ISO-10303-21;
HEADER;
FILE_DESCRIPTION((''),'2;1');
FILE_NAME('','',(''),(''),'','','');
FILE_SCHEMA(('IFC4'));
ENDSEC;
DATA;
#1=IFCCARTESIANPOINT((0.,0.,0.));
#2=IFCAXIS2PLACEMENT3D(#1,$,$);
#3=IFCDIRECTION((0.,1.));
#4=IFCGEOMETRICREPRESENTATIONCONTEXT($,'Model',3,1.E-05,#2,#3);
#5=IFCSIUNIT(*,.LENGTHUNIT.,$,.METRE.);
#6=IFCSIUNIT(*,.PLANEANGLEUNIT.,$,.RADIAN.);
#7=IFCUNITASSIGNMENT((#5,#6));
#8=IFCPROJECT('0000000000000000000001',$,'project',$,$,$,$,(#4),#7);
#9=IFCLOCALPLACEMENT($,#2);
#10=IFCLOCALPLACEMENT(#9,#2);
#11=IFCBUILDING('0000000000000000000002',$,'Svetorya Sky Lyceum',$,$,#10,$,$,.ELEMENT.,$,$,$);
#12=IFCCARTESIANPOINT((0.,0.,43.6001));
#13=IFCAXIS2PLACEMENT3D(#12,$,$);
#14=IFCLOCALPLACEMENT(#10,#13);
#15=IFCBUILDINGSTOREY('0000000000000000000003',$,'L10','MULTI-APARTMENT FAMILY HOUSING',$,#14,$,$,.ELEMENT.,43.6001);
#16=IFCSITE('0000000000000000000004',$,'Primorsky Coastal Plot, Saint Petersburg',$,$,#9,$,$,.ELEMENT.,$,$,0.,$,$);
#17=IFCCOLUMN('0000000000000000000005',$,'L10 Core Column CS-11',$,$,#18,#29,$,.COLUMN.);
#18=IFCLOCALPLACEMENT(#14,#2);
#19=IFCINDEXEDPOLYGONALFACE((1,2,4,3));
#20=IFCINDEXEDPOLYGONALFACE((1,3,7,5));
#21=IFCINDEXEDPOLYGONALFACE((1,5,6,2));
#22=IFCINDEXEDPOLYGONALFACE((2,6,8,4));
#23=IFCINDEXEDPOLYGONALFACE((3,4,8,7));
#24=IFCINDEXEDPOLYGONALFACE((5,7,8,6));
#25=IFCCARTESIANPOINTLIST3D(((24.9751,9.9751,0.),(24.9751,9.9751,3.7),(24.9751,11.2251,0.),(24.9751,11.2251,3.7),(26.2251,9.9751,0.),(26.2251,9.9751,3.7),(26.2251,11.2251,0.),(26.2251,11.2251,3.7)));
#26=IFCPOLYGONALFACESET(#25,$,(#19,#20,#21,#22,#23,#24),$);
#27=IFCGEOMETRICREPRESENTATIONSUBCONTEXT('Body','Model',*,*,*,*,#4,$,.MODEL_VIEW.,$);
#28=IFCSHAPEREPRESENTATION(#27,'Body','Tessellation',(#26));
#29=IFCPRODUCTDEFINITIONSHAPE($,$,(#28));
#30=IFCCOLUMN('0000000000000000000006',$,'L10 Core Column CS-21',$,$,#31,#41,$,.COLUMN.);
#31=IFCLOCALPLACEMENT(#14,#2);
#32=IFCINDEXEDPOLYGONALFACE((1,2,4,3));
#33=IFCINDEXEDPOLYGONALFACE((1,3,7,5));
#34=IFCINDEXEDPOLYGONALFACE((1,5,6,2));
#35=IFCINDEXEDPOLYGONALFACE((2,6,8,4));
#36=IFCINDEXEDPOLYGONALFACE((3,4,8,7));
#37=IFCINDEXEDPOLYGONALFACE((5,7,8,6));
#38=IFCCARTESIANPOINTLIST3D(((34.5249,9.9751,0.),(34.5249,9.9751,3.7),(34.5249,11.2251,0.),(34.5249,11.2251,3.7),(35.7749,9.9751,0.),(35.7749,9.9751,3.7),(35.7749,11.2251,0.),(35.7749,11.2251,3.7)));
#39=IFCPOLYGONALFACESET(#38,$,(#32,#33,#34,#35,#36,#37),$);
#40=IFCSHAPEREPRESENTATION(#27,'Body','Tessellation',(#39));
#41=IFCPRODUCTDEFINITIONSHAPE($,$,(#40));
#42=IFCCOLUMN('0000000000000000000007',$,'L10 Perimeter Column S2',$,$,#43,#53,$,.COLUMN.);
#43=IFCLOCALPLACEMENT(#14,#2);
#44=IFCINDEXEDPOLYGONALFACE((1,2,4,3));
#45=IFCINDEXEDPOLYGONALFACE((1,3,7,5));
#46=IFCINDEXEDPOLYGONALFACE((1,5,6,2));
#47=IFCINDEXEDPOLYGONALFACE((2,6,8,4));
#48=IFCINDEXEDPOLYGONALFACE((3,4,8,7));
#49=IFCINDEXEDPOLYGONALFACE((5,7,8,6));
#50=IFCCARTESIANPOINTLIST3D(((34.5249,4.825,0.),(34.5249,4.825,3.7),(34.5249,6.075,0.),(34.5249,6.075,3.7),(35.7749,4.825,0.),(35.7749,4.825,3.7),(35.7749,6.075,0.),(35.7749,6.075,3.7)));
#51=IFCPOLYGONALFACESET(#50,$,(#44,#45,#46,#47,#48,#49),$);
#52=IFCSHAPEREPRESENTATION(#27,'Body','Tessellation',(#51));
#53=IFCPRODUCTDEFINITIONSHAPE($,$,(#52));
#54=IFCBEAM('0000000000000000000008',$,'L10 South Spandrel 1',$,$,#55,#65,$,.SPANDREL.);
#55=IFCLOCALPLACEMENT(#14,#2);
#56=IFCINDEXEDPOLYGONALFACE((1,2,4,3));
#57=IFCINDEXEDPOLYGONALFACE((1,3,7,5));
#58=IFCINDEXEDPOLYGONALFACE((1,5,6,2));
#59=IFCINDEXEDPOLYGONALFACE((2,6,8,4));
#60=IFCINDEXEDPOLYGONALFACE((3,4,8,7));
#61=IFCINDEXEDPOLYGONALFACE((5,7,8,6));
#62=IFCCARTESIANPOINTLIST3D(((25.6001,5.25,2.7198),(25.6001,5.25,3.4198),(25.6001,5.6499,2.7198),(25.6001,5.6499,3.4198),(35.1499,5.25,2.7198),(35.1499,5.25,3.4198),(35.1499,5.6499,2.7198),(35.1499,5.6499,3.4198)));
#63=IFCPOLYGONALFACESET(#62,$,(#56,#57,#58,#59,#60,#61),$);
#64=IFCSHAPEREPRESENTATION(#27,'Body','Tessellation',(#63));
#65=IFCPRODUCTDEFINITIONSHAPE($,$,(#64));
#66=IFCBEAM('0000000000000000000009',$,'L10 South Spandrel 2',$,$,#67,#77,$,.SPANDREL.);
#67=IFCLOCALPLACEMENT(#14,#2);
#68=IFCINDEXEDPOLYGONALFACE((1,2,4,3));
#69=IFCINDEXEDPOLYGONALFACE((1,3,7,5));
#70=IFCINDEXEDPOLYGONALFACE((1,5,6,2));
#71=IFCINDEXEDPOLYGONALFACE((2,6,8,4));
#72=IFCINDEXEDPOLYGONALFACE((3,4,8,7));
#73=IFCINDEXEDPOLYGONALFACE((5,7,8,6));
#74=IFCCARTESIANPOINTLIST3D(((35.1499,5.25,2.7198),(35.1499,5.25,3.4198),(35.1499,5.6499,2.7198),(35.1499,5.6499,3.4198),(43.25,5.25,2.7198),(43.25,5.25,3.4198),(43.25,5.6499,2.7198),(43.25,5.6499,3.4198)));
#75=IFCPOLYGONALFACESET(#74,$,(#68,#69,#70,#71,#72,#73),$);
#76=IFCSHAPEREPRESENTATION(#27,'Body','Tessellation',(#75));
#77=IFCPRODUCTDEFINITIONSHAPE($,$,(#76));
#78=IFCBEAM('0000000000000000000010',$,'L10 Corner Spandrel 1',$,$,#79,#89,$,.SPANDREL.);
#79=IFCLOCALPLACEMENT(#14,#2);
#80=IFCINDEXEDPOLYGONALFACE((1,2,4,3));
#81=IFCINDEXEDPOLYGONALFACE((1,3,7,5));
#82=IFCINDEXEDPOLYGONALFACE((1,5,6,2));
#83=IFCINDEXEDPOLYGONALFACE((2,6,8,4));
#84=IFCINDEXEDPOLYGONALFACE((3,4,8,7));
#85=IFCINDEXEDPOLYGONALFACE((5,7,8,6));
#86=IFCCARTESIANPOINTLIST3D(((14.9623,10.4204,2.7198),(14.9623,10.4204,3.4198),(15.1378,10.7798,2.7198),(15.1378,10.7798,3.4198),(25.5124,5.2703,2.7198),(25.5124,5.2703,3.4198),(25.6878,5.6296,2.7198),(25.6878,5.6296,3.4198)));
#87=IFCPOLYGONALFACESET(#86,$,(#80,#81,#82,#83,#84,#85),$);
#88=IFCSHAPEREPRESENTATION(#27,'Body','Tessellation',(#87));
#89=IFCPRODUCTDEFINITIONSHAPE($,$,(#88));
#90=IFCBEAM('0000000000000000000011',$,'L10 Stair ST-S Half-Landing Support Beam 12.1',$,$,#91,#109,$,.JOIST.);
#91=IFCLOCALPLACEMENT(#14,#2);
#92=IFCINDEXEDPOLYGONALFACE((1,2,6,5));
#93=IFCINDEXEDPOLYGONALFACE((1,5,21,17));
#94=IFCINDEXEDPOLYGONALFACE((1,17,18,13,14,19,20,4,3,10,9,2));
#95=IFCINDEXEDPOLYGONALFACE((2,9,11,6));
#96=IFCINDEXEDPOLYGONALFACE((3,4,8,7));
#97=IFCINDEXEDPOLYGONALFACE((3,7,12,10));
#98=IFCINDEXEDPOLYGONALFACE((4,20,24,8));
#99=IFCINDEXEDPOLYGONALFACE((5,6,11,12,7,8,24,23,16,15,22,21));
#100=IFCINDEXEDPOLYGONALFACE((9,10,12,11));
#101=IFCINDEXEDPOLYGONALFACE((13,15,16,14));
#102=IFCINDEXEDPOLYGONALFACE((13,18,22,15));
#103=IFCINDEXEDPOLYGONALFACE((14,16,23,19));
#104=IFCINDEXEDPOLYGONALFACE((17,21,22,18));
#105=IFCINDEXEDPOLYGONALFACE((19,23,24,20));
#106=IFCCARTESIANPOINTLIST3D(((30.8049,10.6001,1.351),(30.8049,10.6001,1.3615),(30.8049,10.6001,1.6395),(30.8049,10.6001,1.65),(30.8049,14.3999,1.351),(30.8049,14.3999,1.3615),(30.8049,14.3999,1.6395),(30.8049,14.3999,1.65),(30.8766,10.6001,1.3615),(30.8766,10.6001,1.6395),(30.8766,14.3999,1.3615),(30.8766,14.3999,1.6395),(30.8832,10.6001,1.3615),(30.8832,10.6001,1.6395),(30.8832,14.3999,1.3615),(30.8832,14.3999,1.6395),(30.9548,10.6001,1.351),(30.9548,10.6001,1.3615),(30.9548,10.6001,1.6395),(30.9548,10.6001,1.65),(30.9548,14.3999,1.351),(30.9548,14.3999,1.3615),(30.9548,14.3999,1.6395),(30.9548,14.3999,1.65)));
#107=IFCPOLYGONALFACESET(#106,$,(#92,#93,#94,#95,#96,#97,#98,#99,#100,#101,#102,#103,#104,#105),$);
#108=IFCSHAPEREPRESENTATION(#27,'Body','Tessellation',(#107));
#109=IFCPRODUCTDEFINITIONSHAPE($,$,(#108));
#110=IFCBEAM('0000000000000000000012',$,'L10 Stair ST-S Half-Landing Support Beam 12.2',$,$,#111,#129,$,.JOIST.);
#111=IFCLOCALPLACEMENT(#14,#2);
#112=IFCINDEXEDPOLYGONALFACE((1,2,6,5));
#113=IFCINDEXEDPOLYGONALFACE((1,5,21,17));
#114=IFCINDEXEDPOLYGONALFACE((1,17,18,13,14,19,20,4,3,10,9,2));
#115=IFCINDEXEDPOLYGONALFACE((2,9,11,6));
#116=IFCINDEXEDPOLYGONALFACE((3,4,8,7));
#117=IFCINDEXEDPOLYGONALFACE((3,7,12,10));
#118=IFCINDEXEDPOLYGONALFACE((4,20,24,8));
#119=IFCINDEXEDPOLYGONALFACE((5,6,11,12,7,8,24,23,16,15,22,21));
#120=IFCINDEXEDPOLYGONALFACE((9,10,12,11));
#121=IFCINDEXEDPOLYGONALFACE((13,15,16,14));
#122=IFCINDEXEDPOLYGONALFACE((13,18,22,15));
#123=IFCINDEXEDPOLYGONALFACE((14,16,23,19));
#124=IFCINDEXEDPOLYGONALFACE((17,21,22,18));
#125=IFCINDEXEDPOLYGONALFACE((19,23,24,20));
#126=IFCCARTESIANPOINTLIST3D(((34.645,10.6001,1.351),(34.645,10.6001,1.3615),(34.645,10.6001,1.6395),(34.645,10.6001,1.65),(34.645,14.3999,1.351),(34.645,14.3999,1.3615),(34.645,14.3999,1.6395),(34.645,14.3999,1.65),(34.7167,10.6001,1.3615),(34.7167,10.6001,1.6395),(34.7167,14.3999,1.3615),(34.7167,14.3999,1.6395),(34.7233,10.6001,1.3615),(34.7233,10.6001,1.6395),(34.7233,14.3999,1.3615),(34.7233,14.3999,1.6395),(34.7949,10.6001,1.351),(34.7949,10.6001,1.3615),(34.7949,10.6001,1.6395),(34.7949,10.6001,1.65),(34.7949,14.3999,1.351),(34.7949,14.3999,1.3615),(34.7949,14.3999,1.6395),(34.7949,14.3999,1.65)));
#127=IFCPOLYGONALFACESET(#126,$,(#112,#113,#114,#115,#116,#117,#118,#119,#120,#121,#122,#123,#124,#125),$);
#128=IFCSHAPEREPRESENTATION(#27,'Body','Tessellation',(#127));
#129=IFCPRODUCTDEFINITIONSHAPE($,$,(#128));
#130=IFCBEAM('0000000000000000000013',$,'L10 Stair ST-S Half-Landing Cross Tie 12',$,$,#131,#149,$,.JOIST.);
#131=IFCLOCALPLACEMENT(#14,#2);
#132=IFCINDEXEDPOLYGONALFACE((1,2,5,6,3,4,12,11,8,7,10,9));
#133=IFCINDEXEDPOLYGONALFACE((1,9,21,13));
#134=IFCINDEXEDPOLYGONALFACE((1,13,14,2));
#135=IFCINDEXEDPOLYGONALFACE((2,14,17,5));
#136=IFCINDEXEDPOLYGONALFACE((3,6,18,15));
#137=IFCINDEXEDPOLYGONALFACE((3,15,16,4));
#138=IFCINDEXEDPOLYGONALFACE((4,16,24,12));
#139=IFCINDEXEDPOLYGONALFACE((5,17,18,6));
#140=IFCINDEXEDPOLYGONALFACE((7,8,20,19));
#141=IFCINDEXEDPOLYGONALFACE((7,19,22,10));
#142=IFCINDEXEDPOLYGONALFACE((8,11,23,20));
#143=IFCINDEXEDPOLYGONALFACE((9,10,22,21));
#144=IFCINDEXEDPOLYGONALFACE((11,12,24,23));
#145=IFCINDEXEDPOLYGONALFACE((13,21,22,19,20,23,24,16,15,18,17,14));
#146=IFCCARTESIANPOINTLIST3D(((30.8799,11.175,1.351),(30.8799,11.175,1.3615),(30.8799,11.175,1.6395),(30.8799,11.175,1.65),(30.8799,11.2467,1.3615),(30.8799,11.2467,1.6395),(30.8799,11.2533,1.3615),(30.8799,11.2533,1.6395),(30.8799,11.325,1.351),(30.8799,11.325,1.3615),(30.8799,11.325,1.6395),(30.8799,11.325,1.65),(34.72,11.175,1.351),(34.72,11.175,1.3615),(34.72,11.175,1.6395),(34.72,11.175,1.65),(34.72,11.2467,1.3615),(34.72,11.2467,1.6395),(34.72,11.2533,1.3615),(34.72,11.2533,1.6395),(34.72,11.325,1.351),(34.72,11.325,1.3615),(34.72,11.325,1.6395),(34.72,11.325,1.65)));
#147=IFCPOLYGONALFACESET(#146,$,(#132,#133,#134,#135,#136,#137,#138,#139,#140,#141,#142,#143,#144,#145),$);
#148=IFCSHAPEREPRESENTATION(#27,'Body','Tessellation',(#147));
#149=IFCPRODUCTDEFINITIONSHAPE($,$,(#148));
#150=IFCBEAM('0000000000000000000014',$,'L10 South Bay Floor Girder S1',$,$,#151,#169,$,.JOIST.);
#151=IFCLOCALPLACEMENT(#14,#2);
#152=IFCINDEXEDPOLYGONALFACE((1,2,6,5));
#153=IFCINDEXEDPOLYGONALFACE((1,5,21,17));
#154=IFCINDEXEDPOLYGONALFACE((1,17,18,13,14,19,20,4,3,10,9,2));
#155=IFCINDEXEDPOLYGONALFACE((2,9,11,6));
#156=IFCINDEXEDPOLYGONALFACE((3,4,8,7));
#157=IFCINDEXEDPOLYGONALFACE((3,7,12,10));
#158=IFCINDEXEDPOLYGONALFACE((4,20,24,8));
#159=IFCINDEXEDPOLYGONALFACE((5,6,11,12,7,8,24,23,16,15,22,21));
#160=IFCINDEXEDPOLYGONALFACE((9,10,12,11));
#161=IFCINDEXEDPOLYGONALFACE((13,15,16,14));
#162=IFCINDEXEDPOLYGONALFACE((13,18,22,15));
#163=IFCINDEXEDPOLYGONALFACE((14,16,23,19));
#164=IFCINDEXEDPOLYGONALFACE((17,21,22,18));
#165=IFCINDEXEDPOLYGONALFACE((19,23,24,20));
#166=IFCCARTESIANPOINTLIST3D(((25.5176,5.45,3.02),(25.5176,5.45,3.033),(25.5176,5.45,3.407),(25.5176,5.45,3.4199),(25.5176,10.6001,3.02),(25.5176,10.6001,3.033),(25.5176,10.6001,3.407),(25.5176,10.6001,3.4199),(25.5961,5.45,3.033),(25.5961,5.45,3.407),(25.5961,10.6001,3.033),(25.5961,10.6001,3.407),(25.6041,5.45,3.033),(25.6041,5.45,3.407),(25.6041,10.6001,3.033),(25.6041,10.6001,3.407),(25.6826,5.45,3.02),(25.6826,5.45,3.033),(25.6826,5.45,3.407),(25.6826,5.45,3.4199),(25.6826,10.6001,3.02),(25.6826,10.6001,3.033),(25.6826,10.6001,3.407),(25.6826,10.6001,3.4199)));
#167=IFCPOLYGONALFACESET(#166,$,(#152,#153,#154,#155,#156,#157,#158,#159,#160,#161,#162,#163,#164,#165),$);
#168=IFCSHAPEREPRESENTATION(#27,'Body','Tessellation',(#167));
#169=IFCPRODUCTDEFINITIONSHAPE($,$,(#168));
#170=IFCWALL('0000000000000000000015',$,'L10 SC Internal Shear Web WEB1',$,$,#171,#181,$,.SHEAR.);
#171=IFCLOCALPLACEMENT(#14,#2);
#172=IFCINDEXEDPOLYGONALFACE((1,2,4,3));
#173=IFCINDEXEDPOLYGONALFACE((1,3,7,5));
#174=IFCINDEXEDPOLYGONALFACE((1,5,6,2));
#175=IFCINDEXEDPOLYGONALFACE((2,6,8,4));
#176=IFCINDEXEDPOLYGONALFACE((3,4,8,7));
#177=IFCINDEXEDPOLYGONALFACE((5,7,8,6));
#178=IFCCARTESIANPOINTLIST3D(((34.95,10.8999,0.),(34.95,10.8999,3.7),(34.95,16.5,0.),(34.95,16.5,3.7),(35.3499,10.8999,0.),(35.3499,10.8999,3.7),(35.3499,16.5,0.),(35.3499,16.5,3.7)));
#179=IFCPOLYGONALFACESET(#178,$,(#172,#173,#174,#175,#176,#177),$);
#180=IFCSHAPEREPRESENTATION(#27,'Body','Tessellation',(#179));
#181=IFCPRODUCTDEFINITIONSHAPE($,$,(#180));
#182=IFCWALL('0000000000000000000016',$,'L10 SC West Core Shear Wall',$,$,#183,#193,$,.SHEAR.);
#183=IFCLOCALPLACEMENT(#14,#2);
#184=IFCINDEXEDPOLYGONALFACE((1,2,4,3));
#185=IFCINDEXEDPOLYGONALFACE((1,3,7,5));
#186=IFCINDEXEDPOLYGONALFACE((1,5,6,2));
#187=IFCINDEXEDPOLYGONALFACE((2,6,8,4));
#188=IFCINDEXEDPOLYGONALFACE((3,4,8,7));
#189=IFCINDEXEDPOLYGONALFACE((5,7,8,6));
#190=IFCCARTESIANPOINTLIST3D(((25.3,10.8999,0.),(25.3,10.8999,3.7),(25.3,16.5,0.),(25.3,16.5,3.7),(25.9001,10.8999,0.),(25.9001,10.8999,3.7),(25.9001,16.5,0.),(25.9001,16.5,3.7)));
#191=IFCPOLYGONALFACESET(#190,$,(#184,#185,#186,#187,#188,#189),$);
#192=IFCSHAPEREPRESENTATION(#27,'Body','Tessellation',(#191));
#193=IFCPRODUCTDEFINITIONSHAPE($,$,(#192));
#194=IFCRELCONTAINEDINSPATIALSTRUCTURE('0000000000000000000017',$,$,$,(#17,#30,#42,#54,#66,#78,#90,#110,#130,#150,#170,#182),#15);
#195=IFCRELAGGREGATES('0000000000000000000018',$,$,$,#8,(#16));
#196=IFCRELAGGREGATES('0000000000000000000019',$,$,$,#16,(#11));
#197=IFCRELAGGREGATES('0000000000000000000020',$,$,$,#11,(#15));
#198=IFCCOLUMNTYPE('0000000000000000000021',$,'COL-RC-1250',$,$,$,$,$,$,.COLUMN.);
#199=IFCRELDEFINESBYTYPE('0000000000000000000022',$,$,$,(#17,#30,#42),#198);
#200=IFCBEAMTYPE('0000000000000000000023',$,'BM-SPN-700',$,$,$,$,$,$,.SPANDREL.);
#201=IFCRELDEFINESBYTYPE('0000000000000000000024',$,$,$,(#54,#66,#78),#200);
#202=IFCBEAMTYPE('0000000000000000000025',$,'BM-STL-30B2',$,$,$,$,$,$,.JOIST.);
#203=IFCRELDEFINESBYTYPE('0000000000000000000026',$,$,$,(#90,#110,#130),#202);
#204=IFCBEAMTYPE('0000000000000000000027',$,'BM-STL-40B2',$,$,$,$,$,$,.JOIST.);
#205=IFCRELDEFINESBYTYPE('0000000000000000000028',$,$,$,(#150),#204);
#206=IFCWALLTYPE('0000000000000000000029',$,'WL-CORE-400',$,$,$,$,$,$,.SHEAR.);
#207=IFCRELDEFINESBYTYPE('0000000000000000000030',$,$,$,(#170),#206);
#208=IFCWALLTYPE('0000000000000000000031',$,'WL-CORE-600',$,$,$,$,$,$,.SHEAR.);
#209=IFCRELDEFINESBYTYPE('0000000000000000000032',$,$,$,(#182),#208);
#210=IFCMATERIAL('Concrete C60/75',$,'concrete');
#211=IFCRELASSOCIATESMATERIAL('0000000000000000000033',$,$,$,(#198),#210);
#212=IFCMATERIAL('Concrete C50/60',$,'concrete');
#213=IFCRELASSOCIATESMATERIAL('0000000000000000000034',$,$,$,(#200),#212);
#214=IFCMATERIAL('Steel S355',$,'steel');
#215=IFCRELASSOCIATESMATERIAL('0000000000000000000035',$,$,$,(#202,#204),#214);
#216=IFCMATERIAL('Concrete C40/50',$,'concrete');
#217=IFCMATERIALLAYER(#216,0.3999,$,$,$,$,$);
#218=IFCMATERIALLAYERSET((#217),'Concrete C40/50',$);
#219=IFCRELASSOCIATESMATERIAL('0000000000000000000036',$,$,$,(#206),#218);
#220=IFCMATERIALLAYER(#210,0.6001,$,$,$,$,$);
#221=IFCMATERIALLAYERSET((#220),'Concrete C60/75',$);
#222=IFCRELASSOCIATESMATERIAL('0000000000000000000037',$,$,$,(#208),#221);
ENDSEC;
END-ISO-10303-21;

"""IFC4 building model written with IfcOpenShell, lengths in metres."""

from ifc_helpers import new_model, si_unit, direction, frame, frame_2d, origin, origin_2d, place, context, subcontext, project, spatial, rectangle, i_section, extrude, material, layer, layer_set, material_profile, profile_set, type_object, element, save


model = new_model("IFC4")

# Units and contexts
model_context = context("Model", 3, precision=1e-05, world=origin(), true_north=direction((0.0, 1.0)))
body_context = subcontext(model_context, "Body", "Model", "MODEL_VIEW")
ifc_project = project(units=[si_unit("LENGTHUNIT", "METRE"), si_unit("PLANEANGLEUNIT", "RADIAN")], contexts=[model_context])

# Site, building, storey
site_placement = place(None, origin())
site = spatial("IfcSite", under=ifc_project, at=site_placement, Name="Primorsky Coastal Plot, Saint Petersburg", CompositionType="ELEMENT", RefElevation=0.0)
building_placement = place(site_placement, origin())
building = spatial("IfcBuilding", under=site, at=building_placement, Name="Svetorya Sky Lyceum", CompositionType="ELEMENT")
storey_placement = place(building_placement, frame((0.0, 0.0, 43.6001)))
storey = spatial("IfcBuildingStorey", under=building, at=storey_placement, Name="L10", Description="MULTI-APARTMENT FAMILY HOUSING", CompositionType="ELEMENT", Elevation=43.6001)

# Columns
ifc_material_1 = material(Name="Concrete C60/75", Category="concrete")
ifc_material_profile_1 = material_profile(ifc_material_1, rectangle(XDim=1.25, YDim=1.25, at=origin_2d()), Name="RC COL 1250x1250")
ifc_profile_set_1 = profile_set([ifc_material_profile_1], Name="Concrete C60/75")
column_type = type_object("IfcColumnType", Name="COL-RC-1250", PredefinedType="COLUMN", material=ifc_profile_set_1)
for number, where, z_axis, x_axis, name in (
    (1, (25.6001, 10.6001, 0.0), (0.0, 0.0, 1.0), (1.0, 0.0, 0.0), "L10 Core Column CS-11"),
    (2, (35.1499, 10.6001, 0.0), (0.0, 0.0, 1.0), (1.0, 0.0, 0.0), "L10 Core Column CS-21"),
    (3, (35.1499, 5.45, 0.0), (0.0, 0.0, 1.0), (1.0, 0.0, 0.0), "L10 Perimeter Column S2"),
):
    element("IfcColumn", number, at=place(storey_placement, frame(where, z_axis=z_axis, x_axis=x_axis)), inside=storey, type_object=column_type, Name=name, PredefinedType="COLUMN", context=body_context, shape_type="SweptSolid", body=[
        extrude(rectangle(XDim=1.25, YDim=1.25, at=origin_2d()), origin(), (0.0, 0.0, 1.0), 3.7),
    ])

# Beams
ifc_material_2 = material(Name="Concrete C50/60", Category="concrete")
ifc_material_profile_2 = material_profile(ifc_material_2, rectangle(XDim=0.3999, YDim=0.7, at=origin_2d()), Name="RC SPANDREL 400x700")
ifc_profile_set_2 = profile_set([ifc_material_profile_2], Name="Concrete C50/60")
beam_type_1 = type_object("IfcBeamType", Name="BM-SPN-700", PredefinedType="SPANDREL", material=ifc_profile_set_2)
beam_1_placement = place(storey_placement, frame((25.6001, 5.45, 3.0698), z_axis=(1.0, 0.0, 0.0), x_axis=(0.0, 1.0, 0.0)))
element("IfcBeam", 4, at=beam_1_placement, inside=storey, type_object=beam_type_1, Name="L10 South Spandrel 1", PredefinedType="SPANDREL", context=body_context, shape_type="SweptSolid", body=[
    extrude(rectangle(XDim=0.3999, YDim=0.7, at=origin_2d()), origin(), (0.0, 0.0, 1.0), 9.5498),
])
beam_2_placement = place(storey_placement, frame((35.1499, 5.45, 3.0698), z_axis=(1.0, 0.0, 0.0), x_axis=(0.0, 1.0, 0.0)))
element("IfcBeam", 5, at=beam_2_placement, inside=storey, type_object=beam_type_1, Name="L10 South Spandrel 2", PredefinedType="SPANDREL", context=body_context, shape_type="SweptSolid", body=[
    extrude(rectangle(XDim=0.3999, YDim=0.7, at=origin_2d()), origin(), (0.0, 0.0, 1.0), 8.1001),
])
beam_3_placement = place(storey_placement, frame((25.6001, 5.45, 3.0698), z_axis=(-0.898641, 0.438684, 0.0), x_axis=(-0.438684, -0.898641, 0.0)))
element("IfcBeam", 6, at=beam_3_placement, inside=storey, type_object=beam_type_1, Name="L10 Corner Spandrel 1", PredefinedType="SPANDREL", context=body_context, shape_type="SweptSolid", body=[
    extrude(rectangle(XDim=0.3999, YDim=0.7, at=origin_2d()), origin(), (0.0, 0.0, 1.0), 11.74),
])
ifc_material_3 = material(Name="Steel S355", Category="steel")
ifc_material_profile_3 = material_profile(ifc_material_3, i_section(OverallWidth=0.1499, OverallDepth=0.2991, WebThickness=0.0066, FlangeThickness=0.0105, at=origin_2d()), Name="GOST 30B2")
ifc_profile_set_3 = profile_set([ifc_material_profile_3], Name="Steel S355")
beam_type_2 = type_object("IfcBeamType", Name="BM-STL-30B2", PredefinedType="JOIST", material=ifc_profile_set_3)
for number, where, z_axis, x_axis, name in (
    (7, (30.8799, 10.6001, 1.5005), (0.0, 1.0, 0.0), (-1.0, 0.0, 0.0), "L10 Stair ST-S Half-Landing Support Beam 12.1"),
    (8, (34.72, 10.6001, 1.5005), (0.0, 1.0, 0.0), (-1.0, 0.0, 0.0), "L10 Stair ST-S Half-Landing Support Beam 12.2"),
):
    element("IfcBeam", number, at=place(storey_placement, frame(where, z_axis=z_axis, x_axis=x_axis)), inside=storey, type_object=beam_type_2, Name=name, PredefinedType="JOIST", context=body_context, shape_type="SweptSolid", body=[
        extrude(i_section(OverallWidth=0.1499, OverallDepth=0.2991, WebThickness=0.0066, FlangeThickness=0.0105, at=origin_2d()), origin(), (0.0, 0.0, 1.0), 3.7998),
    ])
beam_4_placement = place(storey_placement, frame((30.8799, 11.25, 1.5005), z_axis=(1.0, 0.0, 0.0), x_axis=(0.0, 1.0, 0.0)))
element("IfcBeam", 9, at=beam_4_placement, inside=storey, type_object=beam_type_2, Name="L10 Stair ST-S Half-Landing Cross Tie 12", PredefinedType="JOIST", context=body_context, shape_type="SweptSolid", body=[
    extrude(i_section(OverallWidth=0.1499, OverallDepth=0.2991, WebThickness=0.0066, FlangeThickness=0.0105, at=origin_2d()), origin(), (0.0, 0.0, 1.0), 3.8401),
])
ifc_material_profile_4 = material_profile(ifc_material_3, i_section(OverallWidth=0.165, OverallDepth=0.3999, WebThickness=0.0081, FlangeThickness=0.0129, at=origin_2d()), Name="GOST 40B2")
ifc_profile_set_4 = profile_set([ifc_material_profile_4], Name="Steel S355")
beam_type_3 = type_object("IfcBeamType", Name="BM-STL-40B2", PredefinedType="JOIST", material=ifc_profile_set_4)
beam_5_placement = place(storey_placement, frame((25.6001, 5.45, 3.22), z_axis=(0.0, 1.0, 0.0), x_axis=(-1.0, 0.0, 0.0)))
element("IfcBeam", 10, at=beam_5_placement, inside=storey, type_object=beam_type_3, Name="L10 South Bay Floor Girder S1", PredefinedType="JOIST", context=body_context, shape_type="SweptSolid", body=[
    extrude(i_section(OverallWidth=0.165, OverallDepth=0.3999, WebThickness=0.0081, FlangeThickness=0.0129, at=origin_2d()), origin(), (0.0, 0.0, 1.0), 5.1501),
])

# Walls
ifc_material_4 = material(Name="Concrete C40/50", Category="concrete")
ifc_layer_1 = layer(ifc_material_4, 0.3999)
ifc_layer_set_1 = layer_set([ifc_layer_1], Name="Concrete C40/50")
wall_type_1 = type_object("IfcWallType", Name="WL-CORE-400", PredefinedType="SHEAR", material=ifc_layer_set_1)
wall_1_placement = place(storey_placement, frame((35.1499, 10.8999, 0.0), z_axis=(0.0, 0.0, 1.0), x_axis=(0.0, 1.0, 0.0)))
element("IfcWall", 11, at=wall_1_placement, inside=storey, type_object=wall_type_1, Name="L10 SC Internal Shear Web WEB1", PredefinedType="SHEAR", context=body_context, shape_type="SweptSolid", body=[
    extrude(rectangle(XDim=5.6001, YDim=0.3999, at=frame_2d((2.8, 0.0))), origin(), (0.0, 0.0, 1.0), 3.7),
])
ifc_layer_2 = layer(ifc_material_1, 0.6001)
ifc_layer_set_2 = layer_set([ifc_layer_2], Name="Concrete C60/75")
wall_type_2 = type_object("IfcWallType", Name="WL-CORE-600", PredefinedType="SHEAR", material=ifc_layer_set_2)
wall_2_placement = place(storey_placement, frame((25.6001, 10.8999, 0.0), z_axis=(0.0, 0.0, 1.0), x_axis=(0.0, 1.0, 0.0)))
element("IfcWall", 12, at=wall_2_placement, inside=storey, type_object=wall_type_2, Name="L10 SC West Core Shear Wall", PredefinedType="SHEAR", context=body_context, shape_type="SweptSolid", body=[
    extrude(rectangle(XDim=5.6001, YDim=0.6001, at=frame_2d((2.8, 0.0))), origin(), (0.0, 0.0, 1.0), 3.7),
])

save(model, "model.ifc")
